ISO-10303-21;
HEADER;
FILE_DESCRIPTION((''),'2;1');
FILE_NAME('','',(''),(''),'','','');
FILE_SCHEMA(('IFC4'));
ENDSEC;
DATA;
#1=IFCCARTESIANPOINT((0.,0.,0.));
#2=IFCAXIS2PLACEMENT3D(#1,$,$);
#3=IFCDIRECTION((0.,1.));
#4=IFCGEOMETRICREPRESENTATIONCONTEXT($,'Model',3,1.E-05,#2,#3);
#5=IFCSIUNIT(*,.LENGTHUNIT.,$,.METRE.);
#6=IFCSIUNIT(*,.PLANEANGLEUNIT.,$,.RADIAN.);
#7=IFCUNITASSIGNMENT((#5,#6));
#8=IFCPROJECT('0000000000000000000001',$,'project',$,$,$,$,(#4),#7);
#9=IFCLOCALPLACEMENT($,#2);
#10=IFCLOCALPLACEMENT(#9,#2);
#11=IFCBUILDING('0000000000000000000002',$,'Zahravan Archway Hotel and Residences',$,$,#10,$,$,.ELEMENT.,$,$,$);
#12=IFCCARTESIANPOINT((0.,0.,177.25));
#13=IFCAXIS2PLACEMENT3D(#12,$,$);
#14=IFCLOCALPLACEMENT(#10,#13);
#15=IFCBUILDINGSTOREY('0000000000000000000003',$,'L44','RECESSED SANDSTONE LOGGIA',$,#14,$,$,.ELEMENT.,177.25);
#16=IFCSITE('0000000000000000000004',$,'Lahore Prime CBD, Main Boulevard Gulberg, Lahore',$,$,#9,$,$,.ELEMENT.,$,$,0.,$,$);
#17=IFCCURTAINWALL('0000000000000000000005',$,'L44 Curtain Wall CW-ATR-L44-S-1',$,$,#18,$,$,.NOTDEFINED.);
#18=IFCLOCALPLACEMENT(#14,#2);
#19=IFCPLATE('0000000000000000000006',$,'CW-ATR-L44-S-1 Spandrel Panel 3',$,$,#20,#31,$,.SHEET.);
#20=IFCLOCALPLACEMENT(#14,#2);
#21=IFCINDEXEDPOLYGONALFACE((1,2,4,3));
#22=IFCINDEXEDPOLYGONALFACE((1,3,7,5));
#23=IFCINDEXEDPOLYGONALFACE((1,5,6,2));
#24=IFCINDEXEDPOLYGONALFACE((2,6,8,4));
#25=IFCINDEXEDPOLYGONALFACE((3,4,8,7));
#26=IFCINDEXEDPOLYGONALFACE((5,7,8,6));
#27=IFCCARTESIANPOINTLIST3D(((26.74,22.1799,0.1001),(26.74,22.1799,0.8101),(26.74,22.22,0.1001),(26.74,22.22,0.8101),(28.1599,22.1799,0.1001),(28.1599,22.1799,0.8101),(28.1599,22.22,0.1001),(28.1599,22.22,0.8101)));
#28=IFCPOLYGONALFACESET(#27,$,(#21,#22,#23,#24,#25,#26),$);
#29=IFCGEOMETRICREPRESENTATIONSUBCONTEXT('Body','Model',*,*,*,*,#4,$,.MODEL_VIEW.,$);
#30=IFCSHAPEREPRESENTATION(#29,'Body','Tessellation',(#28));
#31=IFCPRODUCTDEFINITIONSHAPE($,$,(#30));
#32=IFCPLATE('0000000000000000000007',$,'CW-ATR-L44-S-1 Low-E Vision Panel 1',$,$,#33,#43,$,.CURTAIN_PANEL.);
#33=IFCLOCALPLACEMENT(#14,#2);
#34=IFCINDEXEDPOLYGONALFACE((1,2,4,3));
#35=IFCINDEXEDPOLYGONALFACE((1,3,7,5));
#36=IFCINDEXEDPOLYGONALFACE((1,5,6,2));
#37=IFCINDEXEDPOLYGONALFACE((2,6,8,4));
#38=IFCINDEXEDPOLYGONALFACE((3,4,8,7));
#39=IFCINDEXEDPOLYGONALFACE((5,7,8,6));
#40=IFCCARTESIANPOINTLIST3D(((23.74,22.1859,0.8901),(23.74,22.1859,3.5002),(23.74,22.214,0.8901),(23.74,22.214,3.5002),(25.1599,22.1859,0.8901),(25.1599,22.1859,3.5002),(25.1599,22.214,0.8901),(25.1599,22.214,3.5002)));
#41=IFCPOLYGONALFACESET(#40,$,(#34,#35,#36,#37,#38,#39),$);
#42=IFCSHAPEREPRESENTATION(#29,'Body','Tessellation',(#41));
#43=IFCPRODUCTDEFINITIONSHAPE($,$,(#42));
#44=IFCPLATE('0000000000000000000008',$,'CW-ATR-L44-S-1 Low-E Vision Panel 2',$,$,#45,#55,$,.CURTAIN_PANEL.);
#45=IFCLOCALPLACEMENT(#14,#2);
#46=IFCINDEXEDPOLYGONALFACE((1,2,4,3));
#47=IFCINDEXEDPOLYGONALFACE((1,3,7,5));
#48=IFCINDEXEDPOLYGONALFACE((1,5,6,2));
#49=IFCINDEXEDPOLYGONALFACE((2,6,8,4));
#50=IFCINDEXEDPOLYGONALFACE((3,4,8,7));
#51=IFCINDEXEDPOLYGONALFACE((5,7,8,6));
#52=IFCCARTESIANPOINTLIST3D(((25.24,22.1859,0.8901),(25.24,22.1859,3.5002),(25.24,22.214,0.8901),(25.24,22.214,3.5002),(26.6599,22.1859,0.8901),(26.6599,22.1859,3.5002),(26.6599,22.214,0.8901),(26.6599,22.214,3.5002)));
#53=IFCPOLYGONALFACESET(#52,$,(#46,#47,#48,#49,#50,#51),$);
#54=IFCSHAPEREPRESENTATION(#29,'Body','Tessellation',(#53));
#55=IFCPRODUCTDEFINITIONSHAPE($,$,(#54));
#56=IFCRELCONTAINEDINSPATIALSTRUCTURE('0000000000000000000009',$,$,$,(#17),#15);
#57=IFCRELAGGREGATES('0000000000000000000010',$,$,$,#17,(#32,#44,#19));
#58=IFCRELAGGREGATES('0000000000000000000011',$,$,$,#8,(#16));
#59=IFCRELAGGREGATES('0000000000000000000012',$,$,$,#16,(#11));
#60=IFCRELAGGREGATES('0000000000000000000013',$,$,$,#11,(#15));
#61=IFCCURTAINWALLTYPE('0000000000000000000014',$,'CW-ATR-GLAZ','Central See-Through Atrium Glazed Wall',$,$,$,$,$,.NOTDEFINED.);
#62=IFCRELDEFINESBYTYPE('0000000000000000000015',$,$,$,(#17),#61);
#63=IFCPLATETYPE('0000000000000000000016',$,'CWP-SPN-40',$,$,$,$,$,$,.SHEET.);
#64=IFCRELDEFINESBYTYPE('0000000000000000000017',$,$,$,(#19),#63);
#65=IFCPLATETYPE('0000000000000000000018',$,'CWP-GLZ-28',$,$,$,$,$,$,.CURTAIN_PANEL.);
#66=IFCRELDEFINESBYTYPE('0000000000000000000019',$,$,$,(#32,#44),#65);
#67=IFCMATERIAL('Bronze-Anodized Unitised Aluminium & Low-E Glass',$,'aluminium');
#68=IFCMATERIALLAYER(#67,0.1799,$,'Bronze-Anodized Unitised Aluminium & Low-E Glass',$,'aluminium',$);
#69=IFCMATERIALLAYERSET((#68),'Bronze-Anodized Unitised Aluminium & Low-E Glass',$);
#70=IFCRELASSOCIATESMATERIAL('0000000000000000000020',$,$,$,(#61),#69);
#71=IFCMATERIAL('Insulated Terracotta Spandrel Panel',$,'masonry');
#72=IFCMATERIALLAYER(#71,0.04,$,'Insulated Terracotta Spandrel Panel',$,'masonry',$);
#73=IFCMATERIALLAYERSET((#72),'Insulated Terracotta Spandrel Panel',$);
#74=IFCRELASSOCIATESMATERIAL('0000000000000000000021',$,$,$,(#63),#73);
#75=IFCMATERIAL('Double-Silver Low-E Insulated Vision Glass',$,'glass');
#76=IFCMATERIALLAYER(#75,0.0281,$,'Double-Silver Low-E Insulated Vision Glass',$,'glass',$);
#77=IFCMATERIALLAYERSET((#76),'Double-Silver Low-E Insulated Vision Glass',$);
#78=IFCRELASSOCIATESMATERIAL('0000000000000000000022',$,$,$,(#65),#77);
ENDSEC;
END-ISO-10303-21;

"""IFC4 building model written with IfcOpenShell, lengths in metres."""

from ifc_helpers import new_model, si_unit, direction, frame, origin, origin_2d, place, context, subcontext, project, spatial, rectangle, extrude, source, transform, mapped, material, layer, layer_set, type_object, element, aggregate, save


model = new_model("IFC4")

# Units and contexts
model_context = context("Model", 3, precision=1e-05, world=origin(), true_north=direction((0.0, 1.0)))
body_context = subcontext(model_context, "Body", "Model", "MODEL_VIEW")
ifc_project = project(units=[si_unit("LENGTHUNIT", "METRE"), si_unit("PLANEANGLEUNIT", "RADIAN")], contexts=[model_context])

# Site, building, storey
site_placement = place(None, origin())
site = spatial("IfcSite", under=ifc_project, at=site_placement, Name="Lahore Prime CBD, Main Boulevard Gulberg, Lahore", CompositionType="ELEMENT", RefElevation=0.0)
building_placement = place(site_placement, origin())
building = spatial("IfcBuilding", under=site, at=building_placement, Name="Zahravan Archway Hotel and Residences", CompositionType="ELEMENT")
storey_placement = place(building_placement, frame((0.0, 0.0, 177.25)))
storey = spatial("IfcBuildingStorey", under=building, at=storey_placement, Name="L44", Description="RECESSED SANDSTONE LOGGIA", CompositionType="ELEMENT", Elevation=177.25)

# Curtain wall, plates
ifc_material_1 = material(Name="Bronze-Anodized Unitised Aluminium & Low-E Glass", Category="aluminium")
ifc_layer_1 = layer(ifc_material_1, 0.1799, Name="Bronze-Anodized Unitised Aluminium & Low-E Glass", Category="aluminium")
ifc_layer_set_1 = layer_set([ifc_layer_1], Name="Bronze-Anodized Unitised Aluminium & Low-E Glass")
curtain_wall_type = type_object("IfcCurtainWallType", Name="CW-ATR-GLAZ", Description="Central See-Through Atrium Glazed Wall", PredefinedType="NOTDEFINED", material=ifc_layer_set_1)
curtain_wall_placement = place(storey_placement, origin())
curtain_wall = element("IfcCurtainWall", 1, at=curtain_wall_placement, inside=storey, type_object=curtain_wall_type, Name="L44 Curtain Wall CW-ATR-L44-S-1", PredefinedType="NOTDEFINED")
ifc_material_2 = material(Name="Insulated Terracotta Spandrel Panel", Category="masonry")
ifc_layer_2 = layer(ifc_material_2, 0.04, Name="Insulated Terracotta Spandrel Panel", Category="masonry")
ifc_layer_set_2 = layer_set([ifc_layer_2], Name="Insulated Terracotta Spandrel Panel")
plate_type_1 = type_object("IfcPlateType", Name="CWP-SPN-40", PredefinedType="SHEET", material=ifc_layer_set_2)
shared_shape_1 = source(origin(), body_context, "Body", "SweptSolid", [
    extrude(rectangle(XDim=1.4199, YDim=0.04, at=origin_2d()), origin(), (0.0, 0.0, 1.0), 0.71),
])
plate_1_placement = place(storey_placement, frame((27.45, 22.2, 0.1001), z_axis=(0.0, 0.0, 1.0), x_axis=(1.0, 0.0, 0.0)))
plate_1 = element("IfcPlate", 2, at=plate_1_placement, type_object=plate_type_1, Name="CW-ATR-L44-S-1 Spandrel Panel 3", PredefinedType="SHEET", context=body_context, shape_type="MappedRepresentation", body=[
    mapped(shared_shape_1, transform((0.0, 0.0, 0.0), scale=1.0)),
])
ifc_material_3 = material(Name="Double-Silver Low-E Insulated Vision Glass", Category="glass")
ifc_layer_3 = layer(ifc_material_3, 0.0281, Name="Double-Silver Low-E Insulated Vision Glass", Category="glass")
ifc_layer_set_3 = layer_set([ifc_layer_3], Name="Double-Silver Low-E Insulated Vision Glass")
plate_type_2 = type_object("IfcPlateType", Name="CWP-GLZ-28", PredefinedType="CURTAIN_PANEL", material=ifc_layer_set_3)
shared_shape_2 = source(origin(), body_context, "Body", "SweptSolid", [
    extrude(rectangle(XDim=1.4199, YDim=0.0281, at=origin_2d()), origin(), (0.0, 0.0, 1.0), 2.6101),
])
plate_2_placement = place(storey_placement, frame((24.45, 22.2, 0.8901), z_axis=(0.0, 0.0, 1.0), x_axis=(1.0, 0.0, 0.0)))
plate_2 = element("IfcPlate", 3, at=plate_2_placement, type_object=plate_type_2, Name="CW-ATR-L44-S-1 Low-E Vision Panel 1", PredefinedType="CURTAIN_PANEL", context=body_context, shape_type="MappedRepresentation", body=[
    mapped(shared_shape_2, transform((0.0, 0.0, 0.0), scale=1.0)),
])
plate_3_placement = place(storey_placement, frame((25.95, 22.2, 0.8901), z_axis=(0.0, 0.0, 1.0), x_axis=(1.0, 0.0, 0.0)))
plate_3 = element("IfcPlate", 4, at=plate_3_placement, type_object=plate_type_2, Name="CW-ATR-L44-S-1 Low-E Vision Panel 2", PredefinedType="CURTAIN_PANEL", context=body_context, shape_type="MappedRepresentation", body=[
    mapped(shared_shape_2, transform((0.0, 0.0, 0.0), scale=1.0)),
])
aggregate(curtain_wall, [plate_2, plate_3, plate_1])

save(model, "model.ifc")
